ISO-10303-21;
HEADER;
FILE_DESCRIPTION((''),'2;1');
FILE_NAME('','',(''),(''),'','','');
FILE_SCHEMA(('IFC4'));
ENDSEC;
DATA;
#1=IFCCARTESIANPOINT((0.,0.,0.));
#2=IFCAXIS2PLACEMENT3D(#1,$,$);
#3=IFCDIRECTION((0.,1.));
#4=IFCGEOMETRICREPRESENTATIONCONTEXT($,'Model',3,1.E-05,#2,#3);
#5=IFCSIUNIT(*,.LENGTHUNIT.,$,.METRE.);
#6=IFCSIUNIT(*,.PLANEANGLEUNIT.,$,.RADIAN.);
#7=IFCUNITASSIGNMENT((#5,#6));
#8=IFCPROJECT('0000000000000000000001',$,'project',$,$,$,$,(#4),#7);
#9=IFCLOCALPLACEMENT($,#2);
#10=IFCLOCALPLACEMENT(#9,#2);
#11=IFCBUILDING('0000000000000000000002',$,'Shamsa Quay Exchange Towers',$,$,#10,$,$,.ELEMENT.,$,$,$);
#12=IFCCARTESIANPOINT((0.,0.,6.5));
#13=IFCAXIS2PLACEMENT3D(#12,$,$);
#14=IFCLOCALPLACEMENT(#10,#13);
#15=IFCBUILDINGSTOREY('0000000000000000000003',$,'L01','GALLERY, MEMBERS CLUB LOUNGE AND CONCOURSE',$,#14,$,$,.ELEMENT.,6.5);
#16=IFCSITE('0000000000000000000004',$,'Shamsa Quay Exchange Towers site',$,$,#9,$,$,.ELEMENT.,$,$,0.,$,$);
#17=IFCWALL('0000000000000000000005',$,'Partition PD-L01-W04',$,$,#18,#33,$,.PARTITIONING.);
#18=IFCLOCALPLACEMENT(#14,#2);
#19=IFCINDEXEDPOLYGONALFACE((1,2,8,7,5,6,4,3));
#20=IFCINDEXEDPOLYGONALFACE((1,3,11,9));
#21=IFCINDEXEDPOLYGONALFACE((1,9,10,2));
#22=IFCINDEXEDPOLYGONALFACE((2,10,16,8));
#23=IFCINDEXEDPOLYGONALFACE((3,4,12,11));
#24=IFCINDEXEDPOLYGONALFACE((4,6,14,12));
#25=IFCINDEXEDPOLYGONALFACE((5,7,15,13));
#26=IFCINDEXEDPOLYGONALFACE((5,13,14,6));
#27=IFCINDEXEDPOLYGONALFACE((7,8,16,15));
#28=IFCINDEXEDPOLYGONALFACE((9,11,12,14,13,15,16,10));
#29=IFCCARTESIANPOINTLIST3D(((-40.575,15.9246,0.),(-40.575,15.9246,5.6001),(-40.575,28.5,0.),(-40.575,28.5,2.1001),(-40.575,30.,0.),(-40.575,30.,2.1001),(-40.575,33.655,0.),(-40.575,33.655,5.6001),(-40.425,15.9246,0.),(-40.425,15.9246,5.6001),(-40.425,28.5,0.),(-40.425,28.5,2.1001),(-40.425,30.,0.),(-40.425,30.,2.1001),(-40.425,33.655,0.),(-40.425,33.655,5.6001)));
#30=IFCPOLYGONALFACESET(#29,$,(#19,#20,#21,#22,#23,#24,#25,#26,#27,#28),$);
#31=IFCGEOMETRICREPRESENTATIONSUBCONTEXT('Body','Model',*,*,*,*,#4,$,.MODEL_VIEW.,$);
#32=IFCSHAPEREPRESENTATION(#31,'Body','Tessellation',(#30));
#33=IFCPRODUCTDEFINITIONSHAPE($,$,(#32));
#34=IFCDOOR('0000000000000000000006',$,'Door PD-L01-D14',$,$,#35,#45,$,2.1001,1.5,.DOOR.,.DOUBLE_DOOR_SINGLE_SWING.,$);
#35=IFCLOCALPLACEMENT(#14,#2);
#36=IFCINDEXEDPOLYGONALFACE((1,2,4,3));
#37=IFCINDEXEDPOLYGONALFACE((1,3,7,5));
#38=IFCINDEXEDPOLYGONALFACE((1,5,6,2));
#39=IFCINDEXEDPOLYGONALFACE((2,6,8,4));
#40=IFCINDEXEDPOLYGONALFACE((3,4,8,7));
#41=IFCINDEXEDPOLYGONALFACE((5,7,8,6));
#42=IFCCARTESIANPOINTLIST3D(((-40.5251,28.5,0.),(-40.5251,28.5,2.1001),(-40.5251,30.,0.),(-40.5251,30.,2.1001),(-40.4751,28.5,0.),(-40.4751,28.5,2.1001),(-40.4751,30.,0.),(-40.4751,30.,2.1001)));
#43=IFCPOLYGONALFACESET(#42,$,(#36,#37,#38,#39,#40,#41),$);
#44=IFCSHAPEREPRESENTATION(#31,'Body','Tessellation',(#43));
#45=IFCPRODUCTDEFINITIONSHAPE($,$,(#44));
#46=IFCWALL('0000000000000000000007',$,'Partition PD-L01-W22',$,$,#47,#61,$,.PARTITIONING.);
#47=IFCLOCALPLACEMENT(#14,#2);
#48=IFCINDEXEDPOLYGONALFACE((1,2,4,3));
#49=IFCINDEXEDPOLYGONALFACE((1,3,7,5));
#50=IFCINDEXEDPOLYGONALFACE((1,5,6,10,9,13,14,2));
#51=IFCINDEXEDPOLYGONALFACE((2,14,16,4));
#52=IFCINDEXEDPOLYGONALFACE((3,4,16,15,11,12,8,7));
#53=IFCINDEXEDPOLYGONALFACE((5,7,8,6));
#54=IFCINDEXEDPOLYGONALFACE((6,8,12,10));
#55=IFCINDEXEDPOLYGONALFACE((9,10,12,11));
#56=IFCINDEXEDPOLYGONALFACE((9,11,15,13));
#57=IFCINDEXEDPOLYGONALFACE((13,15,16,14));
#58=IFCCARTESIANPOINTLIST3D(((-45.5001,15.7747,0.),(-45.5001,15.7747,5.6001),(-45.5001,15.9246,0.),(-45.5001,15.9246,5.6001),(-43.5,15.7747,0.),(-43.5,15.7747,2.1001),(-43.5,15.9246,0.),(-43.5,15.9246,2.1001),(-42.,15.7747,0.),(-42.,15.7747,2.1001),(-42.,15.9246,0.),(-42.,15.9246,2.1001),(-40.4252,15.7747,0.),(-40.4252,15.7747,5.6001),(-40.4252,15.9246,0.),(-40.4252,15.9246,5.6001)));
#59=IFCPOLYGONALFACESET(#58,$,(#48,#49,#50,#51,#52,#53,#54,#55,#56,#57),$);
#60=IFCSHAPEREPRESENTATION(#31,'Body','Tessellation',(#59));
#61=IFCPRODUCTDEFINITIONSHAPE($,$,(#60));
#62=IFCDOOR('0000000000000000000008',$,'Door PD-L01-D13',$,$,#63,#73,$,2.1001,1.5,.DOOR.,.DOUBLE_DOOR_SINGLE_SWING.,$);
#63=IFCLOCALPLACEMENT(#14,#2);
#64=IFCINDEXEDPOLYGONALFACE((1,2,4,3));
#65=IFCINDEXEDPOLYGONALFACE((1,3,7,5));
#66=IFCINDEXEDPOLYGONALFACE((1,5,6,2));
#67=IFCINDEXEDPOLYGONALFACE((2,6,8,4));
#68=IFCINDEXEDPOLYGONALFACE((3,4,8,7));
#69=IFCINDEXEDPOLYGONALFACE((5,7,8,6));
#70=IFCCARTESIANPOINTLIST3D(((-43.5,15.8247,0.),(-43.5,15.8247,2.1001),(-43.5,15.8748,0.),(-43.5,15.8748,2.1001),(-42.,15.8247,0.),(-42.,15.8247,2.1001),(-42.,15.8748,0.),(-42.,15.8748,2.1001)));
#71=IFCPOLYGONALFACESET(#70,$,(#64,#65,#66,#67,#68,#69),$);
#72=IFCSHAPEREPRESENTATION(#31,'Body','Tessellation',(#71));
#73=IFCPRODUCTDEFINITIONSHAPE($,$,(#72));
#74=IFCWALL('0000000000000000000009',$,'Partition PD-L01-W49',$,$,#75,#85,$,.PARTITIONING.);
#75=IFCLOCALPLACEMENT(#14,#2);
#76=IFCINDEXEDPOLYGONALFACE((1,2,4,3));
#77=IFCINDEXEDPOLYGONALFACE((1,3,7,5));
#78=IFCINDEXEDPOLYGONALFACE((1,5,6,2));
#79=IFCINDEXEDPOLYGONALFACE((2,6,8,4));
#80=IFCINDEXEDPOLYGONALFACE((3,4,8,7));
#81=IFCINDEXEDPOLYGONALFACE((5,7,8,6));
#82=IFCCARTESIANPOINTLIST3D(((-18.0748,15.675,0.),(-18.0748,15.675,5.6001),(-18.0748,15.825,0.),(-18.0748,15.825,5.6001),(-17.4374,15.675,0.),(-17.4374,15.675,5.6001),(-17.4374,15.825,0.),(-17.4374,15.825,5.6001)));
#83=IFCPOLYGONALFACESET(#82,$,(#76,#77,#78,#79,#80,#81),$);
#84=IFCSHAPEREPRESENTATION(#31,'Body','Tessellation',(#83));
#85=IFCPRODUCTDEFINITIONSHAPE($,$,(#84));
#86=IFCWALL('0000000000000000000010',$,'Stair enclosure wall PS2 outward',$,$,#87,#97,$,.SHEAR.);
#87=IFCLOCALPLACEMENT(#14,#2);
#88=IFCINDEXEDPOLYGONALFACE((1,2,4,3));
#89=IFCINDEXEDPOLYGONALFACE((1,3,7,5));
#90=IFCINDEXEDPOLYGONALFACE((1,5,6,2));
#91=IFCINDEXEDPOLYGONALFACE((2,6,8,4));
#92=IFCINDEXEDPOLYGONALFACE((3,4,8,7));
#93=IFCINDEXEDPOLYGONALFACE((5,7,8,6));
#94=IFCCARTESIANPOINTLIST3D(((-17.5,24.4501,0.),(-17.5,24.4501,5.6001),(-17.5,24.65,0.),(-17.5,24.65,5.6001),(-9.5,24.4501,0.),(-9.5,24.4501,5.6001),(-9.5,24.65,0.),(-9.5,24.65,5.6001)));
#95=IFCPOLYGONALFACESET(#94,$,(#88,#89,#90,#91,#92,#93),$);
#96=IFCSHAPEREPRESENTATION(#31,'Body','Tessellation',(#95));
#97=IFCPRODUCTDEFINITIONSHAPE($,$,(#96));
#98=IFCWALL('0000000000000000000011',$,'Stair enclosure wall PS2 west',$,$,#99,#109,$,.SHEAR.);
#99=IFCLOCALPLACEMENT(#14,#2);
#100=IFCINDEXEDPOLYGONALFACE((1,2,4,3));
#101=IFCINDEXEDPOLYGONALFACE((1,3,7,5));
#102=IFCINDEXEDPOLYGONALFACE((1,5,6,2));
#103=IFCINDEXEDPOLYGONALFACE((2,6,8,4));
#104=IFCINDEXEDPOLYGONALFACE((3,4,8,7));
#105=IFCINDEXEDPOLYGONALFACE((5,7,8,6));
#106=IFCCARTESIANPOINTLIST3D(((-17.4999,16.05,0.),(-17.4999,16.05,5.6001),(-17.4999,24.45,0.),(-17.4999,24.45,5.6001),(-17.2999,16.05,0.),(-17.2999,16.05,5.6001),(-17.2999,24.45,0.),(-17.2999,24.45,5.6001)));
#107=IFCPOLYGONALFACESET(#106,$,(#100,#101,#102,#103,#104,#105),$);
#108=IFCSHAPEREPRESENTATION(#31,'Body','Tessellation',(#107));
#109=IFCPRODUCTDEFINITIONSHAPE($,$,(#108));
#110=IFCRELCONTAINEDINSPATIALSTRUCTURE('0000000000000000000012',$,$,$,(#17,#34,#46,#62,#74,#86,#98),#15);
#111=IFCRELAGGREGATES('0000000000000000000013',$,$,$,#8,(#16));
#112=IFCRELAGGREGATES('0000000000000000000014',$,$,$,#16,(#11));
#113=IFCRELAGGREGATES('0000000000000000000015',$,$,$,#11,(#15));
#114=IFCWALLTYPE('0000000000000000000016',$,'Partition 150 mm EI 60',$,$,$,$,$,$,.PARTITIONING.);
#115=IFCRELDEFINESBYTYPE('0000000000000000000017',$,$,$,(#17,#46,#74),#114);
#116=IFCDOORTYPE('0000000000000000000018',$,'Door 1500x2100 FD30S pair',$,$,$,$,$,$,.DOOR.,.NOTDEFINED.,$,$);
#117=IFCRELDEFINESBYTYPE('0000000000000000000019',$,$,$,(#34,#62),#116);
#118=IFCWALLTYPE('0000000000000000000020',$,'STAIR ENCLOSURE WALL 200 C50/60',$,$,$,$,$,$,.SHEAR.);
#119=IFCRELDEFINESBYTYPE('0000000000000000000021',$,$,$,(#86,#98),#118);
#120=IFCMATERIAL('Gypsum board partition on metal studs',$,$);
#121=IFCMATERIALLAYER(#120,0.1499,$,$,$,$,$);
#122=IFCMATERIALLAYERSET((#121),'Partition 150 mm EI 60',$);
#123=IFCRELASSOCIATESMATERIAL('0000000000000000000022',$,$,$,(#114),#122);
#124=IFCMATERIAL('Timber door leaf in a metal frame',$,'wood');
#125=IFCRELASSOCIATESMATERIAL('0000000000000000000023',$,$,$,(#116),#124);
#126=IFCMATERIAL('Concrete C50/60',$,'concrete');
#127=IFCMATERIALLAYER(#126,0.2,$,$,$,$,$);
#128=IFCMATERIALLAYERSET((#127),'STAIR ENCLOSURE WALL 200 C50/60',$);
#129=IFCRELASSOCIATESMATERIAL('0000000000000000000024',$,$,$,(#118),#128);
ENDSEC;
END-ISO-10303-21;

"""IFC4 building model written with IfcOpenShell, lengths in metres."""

from ifc_helpers import new_model, si_unit, direction, frame, frame_2d, origin, place, context, subcontext, project, spatial, rectangle, extrude, material, layer, layer_set, type_object, element, fill, save


model = new_model("IFC4")

# Units and contexts
model_context = context("Model", 3, precision=1e-05, world=origin(), true_north=direction((0.0, 1.0)))
body_context = subcontext(model_context, "Body", "Model", "MODEL_VIEW")
ifc_project = project(units=[si_unit("LENGTHUNIT", "METRE"), si_unit("PLANEANGLEUNIT", "RADIAN")], contexts=[model_context])

# Site, building, storey
site_placement = place(None, origin())
site = spatial("IfcSite", under=ifc_project, at=site_placement, Name="Shamsa Quay Exchange Towers site", CompositionType="ELEMENT", RefElevation=0.0)
building_placement = place(site_placement, origin())
building = spatial("IfcBuilding", under=site, at=building_placement, Name="Shamsa Quay Exchange Towers", CompositionType="ELEMENT")
storey_placement = place(building_placement, frame((0.0, 0.0, 6.5)))
storey = spatial("IfcBuildingStorey", under=building, at=storey_placement, Name="L01", Description="GALLERY, MEMBERS CLUB LOUNGE AND CONCOURSE", CompositionType="ELEMENT", Elevation=6.5)

# Walls, openings, doors
ifc_material_1 = material(Name="Timber door leaf in a metal frame", Category="wood")
ifc_material_2 = material(Name="Gypsum board partition on metal studs")
ifc_layer_1 = layer(ifc_material_2, 0.1499)
ifc_layer_set_1 = layer_set([ifc_layer_1], Name="Partition 150 mm EI 60")
wall_type_1 = type_object("IfcWallType", Name="Partition 150 mm EI 60", PredefinedType="PARTITIONING", material=ifc_layer_set_1)
wall_1_placement = place(storey_placement, frame((-40.5, 33.655, 0.0), z_axis=(0.0, 0.0, 1.0), x_axis=(0.0, -1.0, 0.0)))
wall_1 = element("IfcWall", 1, at=wall_1_placement, inside=storey, type_object=wall_type_1, Name="Partition PD-L01-W04", PredefinedType="PARTITIONING", context=body_context, shape_type="SweptSolid", body=[
    extrude(rectangle(XDim=17.7305, YDim=0.1499, at=frame_2d((8.8652, 0.0))), origin(), (0.0, 0.0, 1.0), 5.6001),
])
opening_1_placement = place(wall_1_placement, frame((3.655, 0.0, 0.0)))
opening_1 = element("IfcOpeningElement", 2, at=opening_1_placement, cuts=wall_1, PredefinedType="OPENING", context=body_context, shape_type="SweptSolid", body=[
    extrude(rectangle(XDim=1.5, YDim=2.1001, at=frame_2d((0.75, 1.05))), frame((0.0, 0.085, 0.0), z_axis=(0.0, -1.0, 0.0), x_axis=(1.0, 0.0, 0.0)), (0.0, 0.0, 1.0), 0.1699),
])
door_type_1 = type_object("IfcDoorType", Name="Door 1500x2100 FD30S pair", OperationType="NOTDEFINED", PredefinedType="DOOR", material=ifc_material_1)
door_1_placement = place(opening_1_placement, origin())
door_1 = element("IfcDoor", 3, at=door_1_placement, inside=storey, type_object=door_type_1, Name="Door PD-L01-D14", OperationType="DOUBLE_DOOR_SINGLE_SWING", OverallHeight=2.1001, OverallWidth=1.5, PredefinedType="DOOR", context=body_context, shape_type="SweptSolid", body=[
    extrude(rectangle(XDim=1.5, YDim=2.1001, at=frame_2d((0.75, 1.05))), frame((0.0, 0.0249, 0.0), z_axis=(0.0, -1.0, 0.0), x_axis=(1.0, 0.0, 0.0)), (0.0, 0.0, 1.0), 0.05),
])
fill(opening_1, door_1)
wall_2_placement = place(storey_placement, frame((-40.425, 15.8496, 0.0), z_axis=(0.0, 0.0, 1.0), x_axis=(-1.0, 0.0, 0.0)))
wall_2 = element("IfcWall", 4, at=wall_2_placement, inside=storey, type_object=wall_type_1, Name="Partition PD-L01-W22", PredefinedType="PARTITIONING", context=body_context, shape_type="SweptSolid", body=[
    extrude(rectangle(XDim=5.075, YDim=0.1499, at=frame_2d((2.5376, 0.0))), origin(), (0.0, 0.0, 1.0), 5.6001),
])
opening_2_placement = place(wall_2_placement, frame((1.575, 0.0, 0.0)))
opening_2 = element("IfcOpeningElement", 5, at=opening_2_placement, cuts=wall_2, PredefinedType="OPENING", context=body_context, shape_type="SweptSolid", body=[
    extrude(rectangle(XDim=1.5, YDim=2.1001, at=frame_2d((0.75, 1.05))), frame((0.0, 0.085, 0.0), z_axis=(0.0, -1.0, 0.0), x_axis=(1.0, 0.0, 0.0)), (0.0, 0.0, 1.0), 0.1699),
])
door_2_placement = place(opening_2_placement, origin())
door_2 = element("IfcDoor", 6, at=door_2_placement, inside=storey, type_object=door_type_1, Name="Door PD-L01-D13", OperationType="DOUBLE_DOOR_SINGLE_SWING", OverallHeight=2.1001, OverallWidth=1.5, PredefinedType="DOOR", context=body_context, shape_type="SweptSolid", body=[
    extrude(rectangle(XDim=1.5, YDim=2.1001, at=frame_2d((0.75, 1.05))), frame((0.0, 0.0249, 0.0), z_axis=(0.0, -1.0, 0.0), x_axis=(1.0, 0.0, 0.0)), (0.0, 0.0, 1.0), 0.05),
])
fill(opening_2, door_2)

# Wall
wall_3_placement = place(storey_placement, frame((-18.075, 15.75, 0.0)))
element("IfcWall", 7, at=wall_3_placement, inside=storey, type_object=wall_type_1, Name="Partition PD-L01-W49", PredefinedType="PARTITIONING", context=body_context, shape_type="SweptSolid", body=[
    extrude(rectangle(XDim=0.6375, YDim=0.1499, at=frame_2d((0.3188, 0.0))), origin(), (0.0, 0.0, 1.0), 5.6001),
])

# Shared definitions
ifc_material_3 = material(Name="Concrete C50/60", Category="concrete")
ifc_layer_2 = layer(ifc_material_3, 0.2)
ifc_layer_set_2 = layer_set([ifc_layer_2], Name="STAIR ENCLOSURE WALL 200 C50/60")
wall_type_2 = type_object("IfcWallType", Name="STAIR ENCLOSURE WALL 200 C50/60", PredefinedType="SHEAR", material=ifc_layer_set_2)

# Walls
wall_4_placement = place(storey_placement, frame((-17.5, 24.55, 0.0)))
element("IfcWall", 8, at=wall_4_placement, inside=storey, type_object=wall_type_2, Name="Stair enclosure wall PS2 outward", PredefinedType="SHEAR", context=body_context, shape_type="SweptSolid", body=[
    extrude(rectangle(XDim=8.0, YDim=0.2, at=frame_2d((4.0, 0.0))), origin(), (0.0, 0.0, 1.0), 5.6001),
])
wall_5_placement = place(storey_placement, frame((-17.3999, 16.05, 0.0), z_axis=(0.0, 0.0, 1.0), x_axis=(0.0, 1.0, 0.0)))
element("IfcWall", 9, at=wall_5_placement, inside=storey, type_object=wall_type_2, Name="Stair enclosure wall PS2 west", PredefinedType="SHEAR", context=body_context, shape_type="SweptSolid", body=[
    extrude(rectangle(XDim=8.3999, YDim=0.2, at=frame_2d((4.2, 0.0))), origin(), (0.0, 0.0, 1.0), 5.6001),
])

save(model, "model.ifc")
